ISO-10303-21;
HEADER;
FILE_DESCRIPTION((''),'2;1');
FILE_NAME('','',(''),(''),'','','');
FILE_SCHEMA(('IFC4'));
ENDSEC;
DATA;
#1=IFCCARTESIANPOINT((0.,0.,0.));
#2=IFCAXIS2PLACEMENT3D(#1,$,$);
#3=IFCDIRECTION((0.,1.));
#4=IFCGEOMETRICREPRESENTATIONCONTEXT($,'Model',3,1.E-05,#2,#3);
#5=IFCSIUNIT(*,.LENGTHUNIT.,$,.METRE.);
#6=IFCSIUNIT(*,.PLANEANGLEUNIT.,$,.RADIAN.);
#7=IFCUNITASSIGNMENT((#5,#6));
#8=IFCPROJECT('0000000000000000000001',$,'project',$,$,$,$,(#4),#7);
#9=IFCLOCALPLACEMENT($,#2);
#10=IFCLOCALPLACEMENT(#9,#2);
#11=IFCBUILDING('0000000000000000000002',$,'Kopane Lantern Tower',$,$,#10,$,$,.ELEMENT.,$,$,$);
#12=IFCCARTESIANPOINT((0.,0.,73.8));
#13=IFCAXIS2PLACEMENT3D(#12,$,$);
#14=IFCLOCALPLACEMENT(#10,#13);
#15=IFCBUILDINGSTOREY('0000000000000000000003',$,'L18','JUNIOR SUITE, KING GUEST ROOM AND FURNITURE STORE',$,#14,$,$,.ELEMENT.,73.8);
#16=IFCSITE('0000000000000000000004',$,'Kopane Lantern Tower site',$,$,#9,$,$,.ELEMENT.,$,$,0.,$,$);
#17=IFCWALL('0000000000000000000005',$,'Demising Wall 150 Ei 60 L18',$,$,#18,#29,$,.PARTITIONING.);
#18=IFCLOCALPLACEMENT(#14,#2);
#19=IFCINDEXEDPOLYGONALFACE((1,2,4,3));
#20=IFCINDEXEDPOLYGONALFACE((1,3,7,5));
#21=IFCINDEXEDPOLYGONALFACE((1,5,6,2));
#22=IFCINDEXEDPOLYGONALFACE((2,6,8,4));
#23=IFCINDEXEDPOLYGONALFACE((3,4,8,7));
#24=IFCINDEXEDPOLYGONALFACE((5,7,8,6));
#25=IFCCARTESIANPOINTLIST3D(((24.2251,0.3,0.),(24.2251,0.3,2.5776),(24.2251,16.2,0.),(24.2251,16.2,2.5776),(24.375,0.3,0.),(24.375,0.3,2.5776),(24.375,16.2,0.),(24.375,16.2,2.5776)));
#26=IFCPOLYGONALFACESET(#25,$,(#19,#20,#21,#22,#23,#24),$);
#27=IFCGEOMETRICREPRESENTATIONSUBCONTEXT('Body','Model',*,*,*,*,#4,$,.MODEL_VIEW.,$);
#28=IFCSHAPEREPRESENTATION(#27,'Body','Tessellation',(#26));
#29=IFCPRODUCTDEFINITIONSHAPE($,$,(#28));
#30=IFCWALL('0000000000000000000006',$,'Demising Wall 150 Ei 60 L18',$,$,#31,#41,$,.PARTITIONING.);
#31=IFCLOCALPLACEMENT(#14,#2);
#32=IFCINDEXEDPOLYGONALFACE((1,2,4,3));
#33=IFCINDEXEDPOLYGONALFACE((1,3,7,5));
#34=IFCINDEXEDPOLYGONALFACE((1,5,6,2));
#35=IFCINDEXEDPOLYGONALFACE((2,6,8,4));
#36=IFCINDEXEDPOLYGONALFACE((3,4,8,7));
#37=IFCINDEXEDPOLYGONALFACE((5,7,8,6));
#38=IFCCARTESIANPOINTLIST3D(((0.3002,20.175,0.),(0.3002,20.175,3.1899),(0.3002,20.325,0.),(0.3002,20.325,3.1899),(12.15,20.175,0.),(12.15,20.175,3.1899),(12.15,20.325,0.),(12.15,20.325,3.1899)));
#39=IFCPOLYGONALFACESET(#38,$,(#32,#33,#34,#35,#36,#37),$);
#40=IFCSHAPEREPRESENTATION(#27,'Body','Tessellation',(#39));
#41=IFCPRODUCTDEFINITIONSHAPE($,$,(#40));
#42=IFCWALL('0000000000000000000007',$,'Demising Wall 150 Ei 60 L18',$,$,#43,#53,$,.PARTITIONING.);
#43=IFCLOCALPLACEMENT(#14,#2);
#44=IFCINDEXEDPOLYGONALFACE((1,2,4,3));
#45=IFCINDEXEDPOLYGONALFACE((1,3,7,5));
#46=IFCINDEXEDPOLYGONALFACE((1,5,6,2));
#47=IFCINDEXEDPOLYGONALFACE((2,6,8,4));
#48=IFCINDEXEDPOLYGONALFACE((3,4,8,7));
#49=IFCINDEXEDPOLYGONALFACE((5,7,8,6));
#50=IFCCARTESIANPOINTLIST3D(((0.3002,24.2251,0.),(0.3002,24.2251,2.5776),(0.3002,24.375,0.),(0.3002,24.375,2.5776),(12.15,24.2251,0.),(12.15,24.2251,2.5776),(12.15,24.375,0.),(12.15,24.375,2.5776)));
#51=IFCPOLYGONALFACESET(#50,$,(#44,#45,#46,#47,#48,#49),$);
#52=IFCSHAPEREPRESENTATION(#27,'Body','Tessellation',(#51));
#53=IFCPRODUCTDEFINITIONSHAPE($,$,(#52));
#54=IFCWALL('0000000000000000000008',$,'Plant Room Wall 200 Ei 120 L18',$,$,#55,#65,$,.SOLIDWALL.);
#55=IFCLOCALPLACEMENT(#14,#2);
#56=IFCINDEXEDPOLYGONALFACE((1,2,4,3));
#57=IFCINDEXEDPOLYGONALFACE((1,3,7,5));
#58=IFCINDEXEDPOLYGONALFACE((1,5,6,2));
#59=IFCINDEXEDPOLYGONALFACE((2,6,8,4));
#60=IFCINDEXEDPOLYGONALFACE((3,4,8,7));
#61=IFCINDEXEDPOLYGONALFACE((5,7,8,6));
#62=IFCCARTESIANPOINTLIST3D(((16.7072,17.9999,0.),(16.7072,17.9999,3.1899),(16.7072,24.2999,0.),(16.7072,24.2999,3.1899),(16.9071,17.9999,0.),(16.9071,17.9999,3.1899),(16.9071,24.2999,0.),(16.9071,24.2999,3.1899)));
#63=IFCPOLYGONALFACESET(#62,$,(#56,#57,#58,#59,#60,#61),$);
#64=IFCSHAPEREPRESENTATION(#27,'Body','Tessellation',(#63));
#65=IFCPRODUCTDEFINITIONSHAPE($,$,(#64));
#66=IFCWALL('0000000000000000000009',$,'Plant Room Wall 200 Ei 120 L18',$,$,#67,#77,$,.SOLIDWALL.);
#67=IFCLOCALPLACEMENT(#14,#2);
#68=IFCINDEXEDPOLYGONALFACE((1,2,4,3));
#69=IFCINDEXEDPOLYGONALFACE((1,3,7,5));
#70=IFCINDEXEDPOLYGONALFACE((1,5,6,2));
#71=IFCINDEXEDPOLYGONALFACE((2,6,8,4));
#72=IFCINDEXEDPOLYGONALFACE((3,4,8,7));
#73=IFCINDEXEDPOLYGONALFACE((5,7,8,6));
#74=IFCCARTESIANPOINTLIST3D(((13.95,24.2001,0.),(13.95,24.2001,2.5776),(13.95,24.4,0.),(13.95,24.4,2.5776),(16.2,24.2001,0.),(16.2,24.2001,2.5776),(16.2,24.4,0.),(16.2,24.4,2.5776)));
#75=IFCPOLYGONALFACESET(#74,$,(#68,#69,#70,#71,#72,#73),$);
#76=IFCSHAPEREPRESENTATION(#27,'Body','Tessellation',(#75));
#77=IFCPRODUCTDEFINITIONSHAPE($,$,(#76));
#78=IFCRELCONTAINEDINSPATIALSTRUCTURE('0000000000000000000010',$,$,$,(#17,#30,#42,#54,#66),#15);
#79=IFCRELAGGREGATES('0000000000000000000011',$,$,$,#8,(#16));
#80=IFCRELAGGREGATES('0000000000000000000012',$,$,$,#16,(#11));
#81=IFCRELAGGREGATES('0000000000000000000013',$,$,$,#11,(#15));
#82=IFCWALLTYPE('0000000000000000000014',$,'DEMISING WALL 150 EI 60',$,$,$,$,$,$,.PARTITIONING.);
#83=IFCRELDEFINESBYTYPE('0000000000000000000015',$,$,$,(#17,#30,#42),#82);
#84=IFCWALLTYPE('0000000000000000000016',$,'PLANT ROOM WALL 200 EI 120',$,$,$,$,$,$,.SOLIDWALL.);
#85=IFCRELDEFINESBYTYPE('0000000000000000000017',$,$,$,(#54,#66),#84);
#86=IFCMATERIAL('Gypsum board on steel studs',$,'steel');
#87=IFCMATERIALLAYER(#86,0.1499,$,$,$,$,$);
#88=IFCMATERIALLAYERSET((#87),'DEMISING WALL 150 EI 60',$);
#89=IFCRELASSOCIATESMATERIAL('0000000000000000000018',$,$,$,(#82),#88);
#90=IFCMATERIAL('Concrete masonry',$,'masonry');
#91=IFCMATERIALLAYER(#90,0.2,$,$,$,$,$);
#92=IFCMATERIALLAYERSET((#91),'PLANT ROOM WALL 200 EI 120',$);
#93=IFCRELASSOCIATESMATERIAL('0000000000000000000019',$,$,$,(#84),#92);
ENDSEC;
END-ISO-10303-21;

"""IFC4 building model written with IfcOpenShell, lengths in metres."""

from ifc_helpers import new_model, si_unit, direction, frame, frame_2d, origin, place, context, subcontext, project, spatial, rectangle, extrude, material, layer, layer_set, type_object, element, save


model = new_model("IFC4")

# Units and contexts
model_context = context("Model", 3, precision=1e-05, world=origin(), true_north=direction((0.0, 1.0)))
body_context = subcontext(model_context, "Body", "Model", "MODEL_VIEW")
ifc_project = project(units=[si_unit("LENGTHUNIT", "METRE"), si_unit("PLANEANGLEUNIT", "RADIAN")], contexts=[model_context])

# Site, building, storey
site_placement = place(None, origin())
site = spatial("IfcSite", under=ifc_project, at=site_placement, Name="Kopane Lantern Tower site", CompositionType="ELEMENT", RefElevation=0.0)
building_placement = place(site_placement, origin())
building = spatial("IfcBuilding", under=site, at=building_placement, Name="Kopane Lantern Tower", CompositionType="ELEMENT")
storey_placement = place(building_placement, frame((0.0, 0.0, 73.8)))
storey = spatial("IfcBuildingStorey", under=building, at=storey_placement, Name="L18", Description="JUNIOR SUITE, KING GUEST ROOM AND FURNITURE STORE", CompositionType="ELEMENT", Elevation=73.8)

# Walls
ifc_material_1 = material(Name="Gypsum board on steel studs", Category="steel")
ifc_layer_1 = layer(ifc_material_1, 0.1499)
ifc_layer_set_1 = layer_set([ifc_layer_1], Name="DEMISING WALL 150 EI 60")
wall_type_1 = type_object("IfcWallType", Name="DEMISING WALL 150 EI 60", PredefinedType="PARTITIONING", material=ifc_layer_set_1)
wall_1_placement = place(storey_placement, frame((24.3, 16.2, 0.0), z_axis=(0.0, 0.0, 1.0), x_axis=(0.0, -1.0, 0.0)))
element("IfcWall", 1, at=wall_1_placement, inside=storey, type_object=wall_type_1, Name="Demising Wall 150 Ei 60 L18", PredefinedType="PARTITIONING", context=body_context, shape_type="SweptSolid", body=[
    extrude(rectangle(XDim=15.8999, YDim=0.1499, at=frame_2d((7.95, 0.0))), origin(), (0.0, 0.0, 1.0), 2.5776),
])
wall_2_placement = place(storey_placement, frame((12.1499, 20.25, 0.0), z_axis=(0.0, 0.0, 1.0), x_axis=(-1.0, 0.0, 0.0)))
element("IfcWall", 2, at=wall_2_placement, inside=storey, type_object=wall_type_1, Name="Demising Wall 150 Ei 60 L18", PredefinedType="PARTITIONING", context=body_context, shape_type="SweptSolid", body=[
    extrude(rectangle(XDim=11.8499, YDim=0.1499, at=frame_2d((5.9248, 0.0))), origin(), (0.0, 0.0, 1.0), 3.1899),
])
wall_3_placement = place(storey_placement, frame((12.1499, 24.3, 0.0), z_axis=(0.0, 0.0, 1.0), x_axis=(-1.0, 0.0, 0.0)))
element("IfcWall", 3, at=wall_3_placement, inside=storey, type_object=wall_type_1, Name="Demising Wall 150 Ei 60 L18", PredefinedType="PARTITIONING", context=body_context, shape_type="SweptSolid", body=[
    extrude(rectangle(XDim=11.8499, YDim=0.1499, at=frame_2d((5.9248, 0.0))), origin(), (0.0, 0.0, 1.0), 2.5776),
])
ifc_material_2 = material(Name="Concrete masonry", Category="masonry")
ifc_layer_2 = layer(ifc_material_2, 0.2)
ifc_layer_set_2 = layer_set([ifc_layer_2], Name="PLANT ROOM WALL 200 EI 120")
wall_type_2 = type_object("IfcWallType", Name="PLANT ROOM WALL 200 EI 120", PredefinedType="SOLIDWALL", material=ifc_layer_set_2)
wall_4_placement = place(storey_placement, frame((16.8071, 18.0, 0.0), z_axis=(0.0, 0.0, 1.0), x_axis=(0.0, 1.0, 0.0)))
element("IfcWall", 4, at=wall_4_placement, inside=storey, type_object=wall_type_2, Name="Plant Room Wall 200 Ei 120 L18", PredefinedType="SOLIDWALL", context=body_context, shape_type="SweptSolid", body=[
    extrude(rectangle(XDim=6.3, YDim=0.2, at=frame_2d((3.1499, 0.0))), origin(), (0.0, 0.0, 1.0), 3.1899),
])
wall_5_placement = place(storey_placement, frame((13.95, 24.3, 0.0), z_axis=(0.0, 0.0, 1.0), x_axis=(1.0, 0.0, 0.0)))
element("IfcWall", 5, at=wall_5_placement, inside=storey, type_object=wall_type_2, Name="Plant Room Wall 200 Ei 120 L18", PredefinedType="SOLIDWALL", context=body_context, shape_type="SweptSolid", body=[
    extrude(rectangle(XDim=2.25, YDim=0.2, at=frame_2d((1.125, 0.0))), origin(), (0.0, 0.0, 1.0), 2.5776),
])

save(model, "model.ifc")
